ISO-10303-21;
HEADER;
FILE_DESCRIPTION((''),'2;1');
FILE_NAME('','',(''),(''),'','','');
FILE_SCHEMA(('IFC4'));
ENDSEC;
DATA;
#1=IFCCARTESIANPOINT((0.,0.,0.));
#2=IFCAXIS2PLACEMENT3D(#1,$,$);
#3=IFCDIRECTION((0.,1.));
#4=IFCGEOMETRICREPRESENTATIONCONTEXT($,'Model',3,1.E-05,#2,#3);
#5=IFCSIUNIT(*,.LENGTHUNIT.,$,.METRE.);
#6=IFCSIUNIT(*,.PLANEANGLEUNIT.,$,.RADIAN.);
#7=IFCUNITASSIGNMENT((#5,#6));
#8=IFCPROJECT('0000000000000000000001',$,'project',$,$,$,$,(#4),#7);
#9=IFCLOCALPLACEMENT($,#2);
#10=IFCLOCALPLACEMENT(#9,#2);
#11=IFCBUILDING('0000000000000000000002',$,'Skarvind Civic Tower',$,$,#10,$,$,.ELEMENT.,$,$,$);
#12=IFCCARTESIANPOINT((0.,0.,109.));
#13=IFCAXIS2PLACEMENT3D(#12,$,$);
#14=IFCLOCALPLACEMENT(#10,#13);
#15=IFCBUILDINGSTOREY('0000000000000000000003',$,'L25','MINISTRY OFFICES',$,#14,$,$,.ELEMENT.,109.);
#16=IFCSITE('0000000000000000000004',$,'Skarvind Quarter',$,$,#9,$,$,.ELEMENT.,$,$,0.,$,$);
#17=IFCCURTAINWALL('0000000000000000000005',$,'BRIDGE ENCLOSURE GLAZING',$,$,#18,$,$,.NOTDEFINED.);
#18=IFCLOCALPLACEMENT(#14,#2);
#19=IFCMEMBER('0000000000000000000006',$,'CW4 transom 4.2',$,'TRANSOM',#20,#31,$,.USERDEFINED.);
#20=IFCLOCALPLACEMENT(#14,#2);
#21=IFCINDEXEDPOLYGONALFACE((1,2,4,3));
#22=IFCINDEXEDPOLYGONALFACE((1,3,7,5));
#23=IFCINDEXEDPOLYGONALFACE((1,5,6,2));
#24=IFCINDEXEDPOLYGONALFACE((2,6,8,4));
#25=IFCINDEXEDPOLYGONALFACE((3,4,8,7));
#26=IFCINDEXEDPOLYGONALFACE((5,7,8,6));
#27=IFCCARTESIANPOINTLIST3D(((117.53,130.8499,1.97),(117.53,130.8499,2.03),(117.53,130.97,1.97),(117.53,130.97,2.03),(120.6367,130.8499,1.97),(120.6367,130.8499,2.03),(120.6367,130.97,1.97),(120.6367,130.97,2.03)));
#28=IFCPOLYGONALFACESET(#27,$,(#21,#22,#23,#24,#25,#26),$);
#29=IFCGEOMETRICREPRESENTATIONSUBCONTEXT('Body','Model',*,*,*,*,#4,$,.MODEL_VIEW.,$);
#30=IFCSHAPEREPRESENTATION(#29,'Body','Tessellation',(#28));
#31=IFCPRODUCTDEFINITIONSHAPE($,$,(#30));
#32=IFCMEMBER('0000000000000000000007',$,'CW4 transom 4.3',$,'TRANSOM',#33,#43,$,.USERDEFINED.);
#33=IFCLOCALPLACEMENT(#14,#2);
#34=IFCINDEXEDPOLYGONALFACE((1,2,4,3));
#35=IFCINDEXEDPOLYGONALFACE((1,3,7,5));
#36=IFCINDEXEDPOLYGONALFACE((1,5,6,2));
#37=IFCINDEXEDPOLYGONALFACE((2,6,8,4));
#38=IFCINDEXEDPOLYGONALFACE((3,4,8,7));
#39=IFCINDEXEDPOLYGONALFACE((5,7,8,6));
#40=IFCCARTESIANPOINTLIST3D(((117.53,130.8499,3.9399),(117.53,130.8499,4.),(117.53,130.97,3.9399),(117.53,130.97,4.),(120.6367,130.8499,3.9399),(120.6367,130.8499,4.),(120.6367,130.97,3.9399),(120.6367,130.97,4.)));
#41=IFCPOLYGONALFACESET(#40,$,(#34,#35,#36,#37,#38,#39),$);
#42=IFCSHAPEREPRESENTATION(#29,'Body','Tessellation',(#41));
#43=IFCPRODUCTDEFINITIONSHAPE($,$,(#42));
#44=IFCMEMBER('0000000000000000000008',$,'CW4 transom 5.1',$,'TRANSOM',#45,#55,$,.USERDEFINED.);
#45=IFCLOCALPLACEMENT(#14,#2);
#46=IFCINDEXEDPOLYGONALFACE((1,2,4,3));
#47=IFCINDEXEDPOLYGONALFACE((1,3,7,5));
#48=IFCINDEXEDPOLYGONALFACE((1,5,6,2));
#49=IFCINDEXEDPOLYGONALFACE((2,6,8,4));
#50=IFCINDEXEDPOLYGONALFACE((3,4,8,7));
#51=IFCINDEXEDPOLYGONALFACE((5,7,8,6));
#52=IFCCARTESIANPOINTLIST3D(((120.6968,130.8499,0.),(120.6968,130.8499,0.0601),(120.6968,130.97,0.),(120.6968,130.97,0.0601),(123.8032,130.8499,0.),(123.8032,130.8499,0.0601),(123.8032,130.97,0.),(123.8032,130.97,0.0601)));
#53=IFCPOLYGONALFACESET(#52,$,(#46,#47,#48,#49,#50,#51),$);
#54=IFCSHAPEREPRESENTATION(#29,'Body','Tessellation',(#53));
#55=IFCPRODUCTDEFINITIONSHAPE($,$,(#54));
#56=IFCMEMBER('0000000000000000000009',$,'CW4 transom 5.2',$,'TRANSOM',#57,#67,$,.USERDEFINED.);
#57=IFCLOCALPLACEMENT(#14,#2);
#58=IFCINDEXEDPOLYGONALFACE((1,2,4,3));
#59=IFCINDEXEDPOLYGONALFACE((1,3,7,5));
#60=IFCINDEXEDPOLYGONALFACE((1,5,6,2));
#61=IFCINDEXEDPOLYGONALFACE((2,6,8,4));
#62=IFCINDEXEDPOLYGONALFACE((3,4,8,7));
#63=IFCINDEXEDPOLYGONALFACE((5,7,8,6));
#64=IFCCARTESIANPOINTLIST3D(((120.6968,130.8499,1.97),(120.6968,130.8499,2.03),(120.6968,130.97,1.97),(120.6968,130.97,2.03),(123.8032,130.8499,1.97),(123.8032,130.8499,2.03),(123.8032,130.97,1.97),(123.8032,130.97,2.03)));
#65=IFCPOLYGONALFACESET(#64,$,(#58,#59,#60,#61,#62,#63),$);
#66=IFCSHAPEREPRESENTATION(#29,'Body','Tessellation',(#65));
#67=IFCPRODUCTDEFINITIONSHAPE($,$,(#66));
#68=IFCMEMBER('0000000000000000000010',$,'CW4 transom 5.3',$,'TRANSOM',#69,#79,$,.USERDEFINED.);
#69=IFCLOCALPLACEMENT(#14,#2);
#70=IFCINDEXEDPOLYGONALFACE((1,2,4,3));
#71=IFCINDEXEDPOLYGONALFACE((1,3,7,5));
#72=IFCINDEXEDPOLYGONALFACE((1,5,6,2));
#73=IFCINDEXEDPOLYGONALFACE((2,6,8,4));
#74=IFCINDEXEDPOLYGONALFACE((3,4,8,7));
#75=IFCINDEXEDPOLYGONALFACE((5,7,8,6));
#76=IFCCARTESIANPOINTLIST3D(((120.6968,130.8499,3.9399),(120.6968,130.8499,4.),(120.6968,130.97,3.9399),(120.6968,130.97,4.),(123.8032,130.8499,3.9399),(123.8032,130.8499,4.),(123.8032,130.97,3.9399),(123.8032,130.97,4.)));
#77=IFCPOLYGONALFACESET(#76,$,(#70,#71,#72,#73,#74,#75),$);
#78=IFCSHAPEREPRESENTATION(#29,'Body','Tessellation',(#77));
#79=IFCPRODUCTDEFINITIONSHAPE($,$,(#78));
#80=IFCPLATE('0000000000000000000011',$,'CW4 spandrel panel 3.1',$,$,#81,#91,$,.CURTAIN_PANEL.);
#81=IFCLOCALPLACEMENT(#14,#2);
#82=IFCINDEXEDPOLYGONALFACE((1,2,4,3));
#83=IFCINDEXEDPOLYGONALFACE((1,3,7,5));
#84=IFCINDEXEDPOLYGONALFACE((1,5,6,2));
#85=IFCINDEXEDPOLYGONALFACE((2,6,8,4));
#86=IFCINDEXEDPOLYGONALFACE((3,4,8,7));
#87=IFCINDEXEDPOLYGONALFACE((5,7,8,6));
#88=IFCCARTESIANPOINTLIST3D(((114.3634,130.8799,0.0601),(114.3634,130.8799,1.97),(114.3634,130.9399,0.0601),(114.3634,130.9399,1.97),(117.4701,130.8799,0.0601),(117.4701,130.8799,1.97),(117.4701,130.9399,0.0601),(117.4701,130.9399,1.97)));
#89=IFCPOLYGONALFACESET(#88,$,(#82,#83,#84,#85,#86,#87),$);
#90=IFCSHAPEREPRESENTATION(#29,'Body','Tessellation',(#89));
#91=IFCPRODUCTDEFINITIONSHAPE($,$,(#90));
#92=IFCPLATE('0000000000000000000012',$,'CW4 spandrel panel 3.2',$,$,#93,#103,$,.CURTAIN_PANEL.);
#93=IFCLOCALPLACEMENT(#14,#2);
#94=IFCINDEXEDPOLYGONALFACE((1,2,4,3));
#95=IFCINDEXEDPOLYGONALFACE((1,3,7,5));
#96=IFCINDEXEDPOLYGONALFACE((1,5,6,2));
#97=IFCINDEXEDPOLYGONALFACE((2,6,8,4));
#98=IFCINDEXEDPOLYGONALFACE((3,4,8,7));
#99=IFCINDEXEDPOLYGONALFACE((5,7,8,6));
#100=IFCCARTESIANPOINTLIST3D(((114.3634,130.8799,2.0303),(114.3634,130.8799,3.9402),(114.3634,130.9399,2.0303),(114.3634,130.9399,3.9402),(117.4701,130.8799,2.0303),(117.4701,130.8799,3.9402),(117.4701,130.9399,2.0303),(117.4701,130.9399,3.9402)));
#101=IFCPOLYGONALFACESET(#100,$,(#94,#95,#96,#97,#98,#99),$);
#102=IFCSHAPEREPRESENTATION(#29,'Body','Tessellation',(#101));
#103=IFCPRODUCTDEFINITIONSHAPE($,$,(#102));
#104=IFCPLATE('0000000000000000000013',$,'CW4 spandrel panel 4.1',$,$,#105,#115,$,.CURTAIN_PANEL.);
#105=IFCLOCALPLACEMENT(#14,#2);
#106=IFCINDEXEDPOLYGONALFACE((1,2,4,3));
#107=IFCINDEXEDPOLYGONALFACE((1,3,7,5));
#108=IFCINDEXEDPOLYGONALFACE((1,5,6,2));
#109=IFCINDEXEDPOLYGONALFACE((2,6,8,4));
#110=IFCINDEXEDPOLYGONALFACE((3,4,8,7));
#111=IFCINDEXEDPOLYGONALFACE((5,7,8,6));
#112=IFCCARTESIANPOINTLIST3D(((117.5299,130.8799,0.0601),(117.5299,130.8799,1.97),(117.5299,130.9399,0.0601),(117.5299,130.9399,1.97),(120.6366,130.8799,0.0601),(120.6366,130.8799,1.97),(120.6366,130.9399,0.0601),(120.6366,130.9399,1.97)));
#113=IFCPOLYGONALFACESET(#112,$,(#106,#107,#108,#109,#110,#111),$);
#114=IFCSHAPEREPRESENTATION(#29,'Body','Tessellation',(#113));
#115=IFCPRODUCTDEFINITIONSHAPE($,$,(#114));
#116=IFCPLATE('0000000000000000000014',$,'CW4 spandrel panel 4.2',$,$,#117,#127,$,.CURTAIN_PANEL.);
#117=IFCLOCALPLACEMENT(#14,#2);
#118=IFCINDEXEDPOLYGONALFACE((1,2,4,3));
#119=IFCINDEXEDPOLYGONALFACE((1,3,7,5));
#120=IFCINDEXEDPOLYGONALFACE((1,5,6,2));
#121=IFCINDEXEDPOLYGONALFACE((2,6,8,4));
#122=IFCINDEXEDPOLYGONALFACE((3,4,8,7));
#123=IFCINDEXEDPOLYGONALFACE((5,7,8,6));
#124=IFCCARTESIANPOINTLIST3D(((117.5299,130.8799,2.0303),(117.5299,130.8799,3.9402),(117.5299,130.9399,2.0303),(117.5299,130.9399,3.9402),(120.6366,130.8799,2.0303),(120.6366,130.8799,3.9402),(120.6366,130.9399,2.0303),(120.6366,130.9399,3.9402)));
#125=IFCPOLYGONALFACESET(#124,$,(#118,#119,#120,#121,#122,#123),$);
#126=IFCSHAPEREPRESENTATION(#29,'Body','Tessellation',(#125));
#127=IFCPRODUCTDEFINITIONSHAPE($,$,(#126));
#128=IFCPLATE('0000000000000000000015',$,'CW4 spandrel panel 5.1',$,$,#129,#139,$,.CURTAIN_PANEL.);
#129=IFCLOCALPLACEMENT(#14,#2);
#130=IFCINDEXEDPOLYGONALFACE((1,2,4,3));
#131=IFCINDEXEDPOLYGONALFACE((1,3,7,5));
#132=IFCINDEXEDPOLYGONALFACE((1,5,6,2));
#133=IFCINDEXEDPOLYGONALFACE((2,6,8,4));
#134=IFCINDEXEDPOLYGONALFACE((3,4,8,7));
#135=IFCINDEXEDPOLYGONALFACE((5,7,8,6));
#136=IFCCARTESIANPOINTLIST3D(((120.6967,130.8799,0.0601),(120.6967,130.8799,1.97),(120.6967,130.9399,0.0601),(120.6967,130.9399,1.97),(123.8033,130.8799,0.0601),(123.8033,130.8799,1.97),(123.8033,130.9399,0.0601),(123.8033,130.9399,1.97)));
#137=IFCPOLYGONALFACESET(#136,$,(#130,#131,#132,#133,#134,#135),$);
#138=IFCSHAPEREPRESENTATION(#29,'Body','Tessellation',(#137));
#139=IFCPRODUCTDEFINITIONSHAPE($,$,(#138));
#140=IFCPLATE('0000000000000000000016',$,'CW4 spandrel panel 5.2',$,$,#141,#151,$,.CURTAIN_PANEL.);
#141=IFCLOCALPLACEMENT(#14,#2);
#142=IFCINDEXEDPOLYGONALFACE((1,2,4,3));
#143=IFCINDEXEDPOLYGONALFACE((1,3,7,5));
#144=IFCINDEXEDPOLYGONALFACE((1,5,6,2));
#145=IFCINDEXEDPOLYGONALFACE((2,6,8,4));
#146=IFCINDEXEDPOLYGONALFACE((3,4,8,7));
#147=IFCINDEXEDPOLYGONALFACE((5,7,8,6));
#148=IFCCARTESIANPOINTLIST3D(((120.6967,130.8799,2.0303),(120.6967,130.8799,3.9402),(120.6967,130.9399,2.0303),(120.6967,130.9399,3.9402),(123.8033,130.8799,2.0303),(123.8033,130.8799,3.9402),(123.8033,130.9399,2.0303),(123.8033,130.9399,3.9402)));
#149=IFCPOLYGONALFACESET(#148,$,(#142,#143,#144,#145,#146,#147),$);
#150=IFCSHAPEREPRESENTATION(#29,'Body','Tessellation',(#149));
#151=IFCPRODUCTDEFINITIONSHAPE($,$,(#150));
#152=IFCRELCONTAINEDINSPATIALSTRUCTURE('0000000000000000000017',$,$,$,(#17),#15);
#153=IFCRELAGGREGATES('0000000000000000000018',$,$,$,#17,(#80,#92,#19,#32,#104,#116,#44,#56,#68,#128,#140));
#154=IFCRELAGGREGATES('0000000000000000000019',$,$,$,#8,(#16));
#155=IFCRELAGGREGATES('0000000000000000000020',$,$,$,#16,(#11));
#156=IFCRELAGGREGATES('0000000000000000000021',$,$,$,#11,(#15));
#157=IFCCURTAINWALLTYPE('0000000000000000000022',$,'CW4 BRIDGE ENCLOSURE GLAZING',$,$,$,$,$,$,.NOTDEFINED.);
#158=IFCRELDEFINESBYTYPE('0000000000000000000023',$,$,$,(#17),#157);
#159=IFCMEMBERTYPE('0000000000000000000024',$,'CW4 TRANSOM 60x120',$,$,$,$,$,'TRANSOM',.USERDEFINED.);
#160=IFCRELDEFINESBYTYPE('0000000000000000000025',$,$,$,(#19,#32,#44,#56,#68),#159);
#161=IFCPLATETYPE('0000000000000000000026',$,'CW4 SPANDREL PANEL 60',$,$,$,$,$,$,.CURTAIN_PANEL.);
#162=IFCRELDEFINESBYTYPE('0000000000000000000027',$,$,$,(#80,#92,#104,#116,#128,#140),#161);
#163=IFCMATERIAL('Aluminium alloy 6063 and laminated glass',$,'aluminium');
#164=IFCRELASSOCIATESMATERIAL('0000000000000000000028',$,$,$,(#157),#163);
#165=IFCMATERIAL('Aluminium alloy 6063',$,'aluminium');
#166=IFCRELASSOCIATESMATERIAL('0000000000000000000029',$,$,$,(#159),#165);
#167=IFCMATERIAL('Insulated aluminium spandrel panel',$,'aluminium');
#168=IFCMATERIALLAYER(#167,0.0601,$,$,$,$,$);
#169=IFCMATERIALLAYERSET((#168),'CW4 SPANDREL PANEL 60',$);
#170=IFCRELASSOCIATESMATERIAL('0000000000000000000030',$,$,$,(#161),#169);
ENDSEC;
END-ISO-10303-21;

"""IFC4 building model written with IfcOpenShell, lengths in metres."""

from ifc_helpers import new_model, si_unit, direction, frame, origin, origin_2d, place, context, subcontext, project, spatial, rectangle, extrude, material, layer, layer_set, material_profile, profile_set, type_object, element, aggregate, save


model = new_model("IFC4")

# Units and contexts
model_context = context("Model", 3, precision=1e-05, world=origin(), true_north=direction((0.0, 1.0)))
body_context = subcontext(model_context, "Body", "Model", "MODEL_VIEW")
ifc_project = project(units=[si_unit("LENGTHUNIT", "METRE"), si_unit("PLANEANGLEUNIT", "RADIAN")], contexts=[model_context])

# Site, building, storey
site_placement = place(None, origin())
site = spatial("IfcSite", under=ifc_project, at=site_placement, Name="Skarvind Quarter", CompositionType="ELEMENT", RefElevation=0.0)
building_placement = place(site_placement, origin())
building = spatial("IfcBuilding", under=site, at=building_placement, Name="Skarvind Civic Tower", CompositionType="ELEMENT")
storey_placement = place(building_placement, frame((0.0, 0.0, 109.0)))
storey = spatial("IfcBuildingStorey", under=building, at=storey_placement, Name="L25", Description="MINISTRY OFFICES", CompositionType="ELEMENT", Elevation=109.0)

# Curtain wall, members, plates
ifc_material_1 = material(Name="Aluminium alloy 6063 and laminated glass", Category="aluminium")
curtain_wall_type = type_object("IfcCurtainWallType", Name="CW4 BRIDGE ENCLOSURE GLAZING", PredefinedType="NOTDEFINED", material=ifc_material_1)
curtain_wall_placement = place(storey_placement, origin())
curtain_wall = element("IfcCurtainWall", 1, at=curtain_wall_placement, inside=storey, type_object=curtain_wall_type, Name="BRIDGE ENCLOSURE GLAZING", PredefinedType="NOTDEFINED")
ifc_material_2 = material(Name="Aluminium alloy 6063", Category="aluminium")
ifc_material_profile_1 = material_profile(ifc_material_2, rectangle(XDim=0.1201, YDim=0.0601, at=origin_2d()), Name="AL 60x120")
ifc_profile_set_1 = profile_set([ifc_material_profile_1], Name="Aluminium alloy 6063")
member_type_1 = type_object("IfcMemberType", Name="CW4 TRANSOM 60x120", ElementType="TRANSOM", PredefinedType="USERDEFINED", material=ifc_profile_set_1)
member_1_placement = place(storey_placement, frame((117.53, 130.9099, 2.0), z_axis=(1.0, 0.0, 0.0), x_axis=(0.0, 1.0, 0.0)))
member_1 = element("IfcMember", 2, at=member_1_placement, type_object=member_type_1, Name="CW4 transom 4.2", ObjectType="TRANSOM", PredefinedType="USERDEFINED", context=body_context, shape_type="SweptSolid", body=[
    extrude(rectangle(XDim=0.1201, YDim=0.0601, at=origin_2d()), origin(), (0.0, 0.0, 1.0), 3.1067),
])
member_2_placement = place(storey_placement, frame((117.53, 130.9099, 3.97), z_axis=(1.0, 0.0, 0.0), x_axis=(0.0, 1.0, 0.0)))
member_2 = element("IfcMember", 3, at=member_2_placement, type_object=member_type_1, Name="CW4 transom 4.3", ObjectType="TRANSOM", PredefinedType="USERDEFINED", context=body_context, shape_type="SweptSolid", body=[
    extrude(rectangle(XDim=0.1201, YDim=0.0601, at=origin_2d()), origin(), (0.0, 0.0, 1.0), 3.1067),
])
member_3_placement = place(storey_placement, frame((120.6968, 130.9099, 0.03), z_axis=(1.0, 0.0, 0.0), x_axis=(0.0, 1.0, 0.0)))
member_3 = element("IfcMember", 4, at=member_3_placement, type_object=member_type_1, Name="CW4 transom 5.1", ObjectType="TRANSOM", PredefinedType="USERDEFINED", context=body_context, shape_type="SweptSolid", body=[
    extrude(rectangle(XDim=0.1201, YDim=0.0601, at=origin_2d()), origin(), (0.0, 0.0, 1.0), 3.1064),
])
member_4_placement = place(storey_placement, frame((120.6968, 130.9099, 2.0), z_axis=(1.0, 0.0, 0.0), x_axis=(0.0, 1.0, 0.0)))
member_4 = element("IfcMember", 5, at=member_4_placement, type_object=member_type_1, Name="CW4 transom 5.2", ObjectType="TRANSOM", PredefinedType="USERDEFINED", context=body_context, shape_type="SweptSolid", body=[
    extrude(rectangle(XDim=0.1201, YDim=0.0601, at=origin_2d()), origin(), (0.0, 0.0, 1.0), 3.1064),
])
member_5_placement = place(storey_placement, frame((120.6968, 130.9099, 3.97), z_axis=(1.0, 0.0, 0.0), x_axis=(0.0, 1.0, 0.0)))
member_5 = element("IfcMember", 6, at=member_5_placement, type_object=member_type_1, Name="CW4 transom 5.3", ObjectType="TRANSOM", PredefinedType="USERDEFINED", context=body_context, shape_type="SweptSolid", body=[
    extrude(rectangle(XDim=0.1201, YDim=0.0601, at=origin_2d()), origin(), (0.0, 0.0, 1.0), 3.1064),
])
ifc_material_3 = material(Name="Insulated aluminium spandrel panel", Category="aluminium")
ifc_layer = layer(ifc_material_3, 0.0601)
ifc_layer_set = layer_set([ifc_layer], Name="CW4 SPANDREL PANEL 60")
plate_type = type_object("IfcPlateType", Name="CW4 SPANDREL PANEL 60", PredefinedType="CURTAIN_PANEL", material=ifc_layer_set)
plate_1_placement = place(storey_placement, frame((115.9167, 130.9099, 0.0601), z_axis=(0.0, 0.0, 1.0), x_axis=(1.0, 0.0, 0.0)))
plate_1 = element("IfcPlate", 7, at=plate_1_placement, type_object=plate_type, Name="CW4 spandrel panel 3.1", PredefinedType="CURTAIN_PANEL", context=body_context, shape_type="SweptSolid", body=[
    extrude(rectangle(XDim=3.1067, YDim=0.0601, at=origin_2d()), origin(), (0.0, 0.0, 1.0), 1.9099),
])
plate_2_placement = place(storey_placement, frame((115.9167, 130.9099, 2.0303), z_axis=(0.0, 0.0, 1.0), x_axis=(1.0, 0.0, 0.0)))
plate_2 = element("IfcPlate", 8, at=plate_2_placement, type_object=plate_type, Name="CW4 spandrel panel 3.2", PredefinedType="CURTAIN_PANEL", context=body_context, shape_type="SweptSolid", body=[
    extrude(rectangle(XDim=3.1067, YDim=0.0601, at=origin_2d()), origin(), (0.0, 0.0, 1.0), 1.9099),
])
plate_3_placement = place(storey_placement, frame((119.0833, 130.9099, 0.0601), z_axis=(0.0, 0.0, 1.0), x_axis=(1.0, 0.0, 0.0)))
plate_3 = element("IfcPlate", 9, at=plate_3_placement, type_object=plate_type, Name="CW4 spandrel panel 4.1", PredefinedType="CURTAIN_PANEL", context=body_context, shape_type="SweptSolid", body=[
    extrude(rectangle(XDim=3.1067, YDim=0.0601, at=origin_2d()), origin(), (0.0, 0.0, 1.0), 1.9099),
])
plate_4_placement = place(storey_placement, frame((119.0833, 130.9099, 2.0303), z_axis=(0.0, 0.0, 1.0), x_axis=(1.0, 0.0, 0.0)))
plate_4 = element("IfcPlate", 10, at=plate_4_placement, type_object=plate_type, Name="CW4 spandrel panel 4.2", PredefinedType="CURTAIN_PANEL", context=body_context, shape_type="SweptSolid", body=[
    extrude(rectangle(XDim=3.1067, YDim=0.0601, at=origin_2d()), origin(), (0.0, 0.0, 1.0), 1.9099),
])
plate_5_placement = place(storey_placement, frame((122.25, 130.9099, 0.0601), z_axis=(0.0, 0.0, 1.0), x_axis=(1.0, 0.0, 0.0)))
plate_5 = element("IfcPlate", 11, at=plate_5_placement, type_object=plate_type, Name="CW4 spandrel panel 5.1", PredefinedType="CURTAIN_PANEL", context=body_context, shape_type="SweptSolid", body=[
    extrude(rectangle(XDim=3.1067, YDim=0.0601, at=origin_2d()), origin(), (0.0, 0.0, 1.0), 1.9099),
])
plate_6_placement = place(storey_placement, frame((122.25, 130.9099, 2.0303), z_axis=(0.0, 0.0, 1.0), x_axis=(1.0, 0.0, 0.0)))
plate_6 = element("IfcPlate", 12, at=plate_6_placement, type_object=plate_type, Name="CW4 spandrel panel 5.2", PredefinedType="CURTAIN_PANEL", context=body_context, shape_type="SweptSolid", body=[
    extrude(rectangle(XDim=3.1067, YDim=0.0601, at=origin_2d()), origin(), (0.0, 0.0, 1.0), 1.9099),
])
aggregate(curtain_wall, [plate_1, plate_2, member_1, member_2, plate_3, plate_4, member_3, member_4, member_5, plate_5, plate_6])

save(model, "model.ifc")
